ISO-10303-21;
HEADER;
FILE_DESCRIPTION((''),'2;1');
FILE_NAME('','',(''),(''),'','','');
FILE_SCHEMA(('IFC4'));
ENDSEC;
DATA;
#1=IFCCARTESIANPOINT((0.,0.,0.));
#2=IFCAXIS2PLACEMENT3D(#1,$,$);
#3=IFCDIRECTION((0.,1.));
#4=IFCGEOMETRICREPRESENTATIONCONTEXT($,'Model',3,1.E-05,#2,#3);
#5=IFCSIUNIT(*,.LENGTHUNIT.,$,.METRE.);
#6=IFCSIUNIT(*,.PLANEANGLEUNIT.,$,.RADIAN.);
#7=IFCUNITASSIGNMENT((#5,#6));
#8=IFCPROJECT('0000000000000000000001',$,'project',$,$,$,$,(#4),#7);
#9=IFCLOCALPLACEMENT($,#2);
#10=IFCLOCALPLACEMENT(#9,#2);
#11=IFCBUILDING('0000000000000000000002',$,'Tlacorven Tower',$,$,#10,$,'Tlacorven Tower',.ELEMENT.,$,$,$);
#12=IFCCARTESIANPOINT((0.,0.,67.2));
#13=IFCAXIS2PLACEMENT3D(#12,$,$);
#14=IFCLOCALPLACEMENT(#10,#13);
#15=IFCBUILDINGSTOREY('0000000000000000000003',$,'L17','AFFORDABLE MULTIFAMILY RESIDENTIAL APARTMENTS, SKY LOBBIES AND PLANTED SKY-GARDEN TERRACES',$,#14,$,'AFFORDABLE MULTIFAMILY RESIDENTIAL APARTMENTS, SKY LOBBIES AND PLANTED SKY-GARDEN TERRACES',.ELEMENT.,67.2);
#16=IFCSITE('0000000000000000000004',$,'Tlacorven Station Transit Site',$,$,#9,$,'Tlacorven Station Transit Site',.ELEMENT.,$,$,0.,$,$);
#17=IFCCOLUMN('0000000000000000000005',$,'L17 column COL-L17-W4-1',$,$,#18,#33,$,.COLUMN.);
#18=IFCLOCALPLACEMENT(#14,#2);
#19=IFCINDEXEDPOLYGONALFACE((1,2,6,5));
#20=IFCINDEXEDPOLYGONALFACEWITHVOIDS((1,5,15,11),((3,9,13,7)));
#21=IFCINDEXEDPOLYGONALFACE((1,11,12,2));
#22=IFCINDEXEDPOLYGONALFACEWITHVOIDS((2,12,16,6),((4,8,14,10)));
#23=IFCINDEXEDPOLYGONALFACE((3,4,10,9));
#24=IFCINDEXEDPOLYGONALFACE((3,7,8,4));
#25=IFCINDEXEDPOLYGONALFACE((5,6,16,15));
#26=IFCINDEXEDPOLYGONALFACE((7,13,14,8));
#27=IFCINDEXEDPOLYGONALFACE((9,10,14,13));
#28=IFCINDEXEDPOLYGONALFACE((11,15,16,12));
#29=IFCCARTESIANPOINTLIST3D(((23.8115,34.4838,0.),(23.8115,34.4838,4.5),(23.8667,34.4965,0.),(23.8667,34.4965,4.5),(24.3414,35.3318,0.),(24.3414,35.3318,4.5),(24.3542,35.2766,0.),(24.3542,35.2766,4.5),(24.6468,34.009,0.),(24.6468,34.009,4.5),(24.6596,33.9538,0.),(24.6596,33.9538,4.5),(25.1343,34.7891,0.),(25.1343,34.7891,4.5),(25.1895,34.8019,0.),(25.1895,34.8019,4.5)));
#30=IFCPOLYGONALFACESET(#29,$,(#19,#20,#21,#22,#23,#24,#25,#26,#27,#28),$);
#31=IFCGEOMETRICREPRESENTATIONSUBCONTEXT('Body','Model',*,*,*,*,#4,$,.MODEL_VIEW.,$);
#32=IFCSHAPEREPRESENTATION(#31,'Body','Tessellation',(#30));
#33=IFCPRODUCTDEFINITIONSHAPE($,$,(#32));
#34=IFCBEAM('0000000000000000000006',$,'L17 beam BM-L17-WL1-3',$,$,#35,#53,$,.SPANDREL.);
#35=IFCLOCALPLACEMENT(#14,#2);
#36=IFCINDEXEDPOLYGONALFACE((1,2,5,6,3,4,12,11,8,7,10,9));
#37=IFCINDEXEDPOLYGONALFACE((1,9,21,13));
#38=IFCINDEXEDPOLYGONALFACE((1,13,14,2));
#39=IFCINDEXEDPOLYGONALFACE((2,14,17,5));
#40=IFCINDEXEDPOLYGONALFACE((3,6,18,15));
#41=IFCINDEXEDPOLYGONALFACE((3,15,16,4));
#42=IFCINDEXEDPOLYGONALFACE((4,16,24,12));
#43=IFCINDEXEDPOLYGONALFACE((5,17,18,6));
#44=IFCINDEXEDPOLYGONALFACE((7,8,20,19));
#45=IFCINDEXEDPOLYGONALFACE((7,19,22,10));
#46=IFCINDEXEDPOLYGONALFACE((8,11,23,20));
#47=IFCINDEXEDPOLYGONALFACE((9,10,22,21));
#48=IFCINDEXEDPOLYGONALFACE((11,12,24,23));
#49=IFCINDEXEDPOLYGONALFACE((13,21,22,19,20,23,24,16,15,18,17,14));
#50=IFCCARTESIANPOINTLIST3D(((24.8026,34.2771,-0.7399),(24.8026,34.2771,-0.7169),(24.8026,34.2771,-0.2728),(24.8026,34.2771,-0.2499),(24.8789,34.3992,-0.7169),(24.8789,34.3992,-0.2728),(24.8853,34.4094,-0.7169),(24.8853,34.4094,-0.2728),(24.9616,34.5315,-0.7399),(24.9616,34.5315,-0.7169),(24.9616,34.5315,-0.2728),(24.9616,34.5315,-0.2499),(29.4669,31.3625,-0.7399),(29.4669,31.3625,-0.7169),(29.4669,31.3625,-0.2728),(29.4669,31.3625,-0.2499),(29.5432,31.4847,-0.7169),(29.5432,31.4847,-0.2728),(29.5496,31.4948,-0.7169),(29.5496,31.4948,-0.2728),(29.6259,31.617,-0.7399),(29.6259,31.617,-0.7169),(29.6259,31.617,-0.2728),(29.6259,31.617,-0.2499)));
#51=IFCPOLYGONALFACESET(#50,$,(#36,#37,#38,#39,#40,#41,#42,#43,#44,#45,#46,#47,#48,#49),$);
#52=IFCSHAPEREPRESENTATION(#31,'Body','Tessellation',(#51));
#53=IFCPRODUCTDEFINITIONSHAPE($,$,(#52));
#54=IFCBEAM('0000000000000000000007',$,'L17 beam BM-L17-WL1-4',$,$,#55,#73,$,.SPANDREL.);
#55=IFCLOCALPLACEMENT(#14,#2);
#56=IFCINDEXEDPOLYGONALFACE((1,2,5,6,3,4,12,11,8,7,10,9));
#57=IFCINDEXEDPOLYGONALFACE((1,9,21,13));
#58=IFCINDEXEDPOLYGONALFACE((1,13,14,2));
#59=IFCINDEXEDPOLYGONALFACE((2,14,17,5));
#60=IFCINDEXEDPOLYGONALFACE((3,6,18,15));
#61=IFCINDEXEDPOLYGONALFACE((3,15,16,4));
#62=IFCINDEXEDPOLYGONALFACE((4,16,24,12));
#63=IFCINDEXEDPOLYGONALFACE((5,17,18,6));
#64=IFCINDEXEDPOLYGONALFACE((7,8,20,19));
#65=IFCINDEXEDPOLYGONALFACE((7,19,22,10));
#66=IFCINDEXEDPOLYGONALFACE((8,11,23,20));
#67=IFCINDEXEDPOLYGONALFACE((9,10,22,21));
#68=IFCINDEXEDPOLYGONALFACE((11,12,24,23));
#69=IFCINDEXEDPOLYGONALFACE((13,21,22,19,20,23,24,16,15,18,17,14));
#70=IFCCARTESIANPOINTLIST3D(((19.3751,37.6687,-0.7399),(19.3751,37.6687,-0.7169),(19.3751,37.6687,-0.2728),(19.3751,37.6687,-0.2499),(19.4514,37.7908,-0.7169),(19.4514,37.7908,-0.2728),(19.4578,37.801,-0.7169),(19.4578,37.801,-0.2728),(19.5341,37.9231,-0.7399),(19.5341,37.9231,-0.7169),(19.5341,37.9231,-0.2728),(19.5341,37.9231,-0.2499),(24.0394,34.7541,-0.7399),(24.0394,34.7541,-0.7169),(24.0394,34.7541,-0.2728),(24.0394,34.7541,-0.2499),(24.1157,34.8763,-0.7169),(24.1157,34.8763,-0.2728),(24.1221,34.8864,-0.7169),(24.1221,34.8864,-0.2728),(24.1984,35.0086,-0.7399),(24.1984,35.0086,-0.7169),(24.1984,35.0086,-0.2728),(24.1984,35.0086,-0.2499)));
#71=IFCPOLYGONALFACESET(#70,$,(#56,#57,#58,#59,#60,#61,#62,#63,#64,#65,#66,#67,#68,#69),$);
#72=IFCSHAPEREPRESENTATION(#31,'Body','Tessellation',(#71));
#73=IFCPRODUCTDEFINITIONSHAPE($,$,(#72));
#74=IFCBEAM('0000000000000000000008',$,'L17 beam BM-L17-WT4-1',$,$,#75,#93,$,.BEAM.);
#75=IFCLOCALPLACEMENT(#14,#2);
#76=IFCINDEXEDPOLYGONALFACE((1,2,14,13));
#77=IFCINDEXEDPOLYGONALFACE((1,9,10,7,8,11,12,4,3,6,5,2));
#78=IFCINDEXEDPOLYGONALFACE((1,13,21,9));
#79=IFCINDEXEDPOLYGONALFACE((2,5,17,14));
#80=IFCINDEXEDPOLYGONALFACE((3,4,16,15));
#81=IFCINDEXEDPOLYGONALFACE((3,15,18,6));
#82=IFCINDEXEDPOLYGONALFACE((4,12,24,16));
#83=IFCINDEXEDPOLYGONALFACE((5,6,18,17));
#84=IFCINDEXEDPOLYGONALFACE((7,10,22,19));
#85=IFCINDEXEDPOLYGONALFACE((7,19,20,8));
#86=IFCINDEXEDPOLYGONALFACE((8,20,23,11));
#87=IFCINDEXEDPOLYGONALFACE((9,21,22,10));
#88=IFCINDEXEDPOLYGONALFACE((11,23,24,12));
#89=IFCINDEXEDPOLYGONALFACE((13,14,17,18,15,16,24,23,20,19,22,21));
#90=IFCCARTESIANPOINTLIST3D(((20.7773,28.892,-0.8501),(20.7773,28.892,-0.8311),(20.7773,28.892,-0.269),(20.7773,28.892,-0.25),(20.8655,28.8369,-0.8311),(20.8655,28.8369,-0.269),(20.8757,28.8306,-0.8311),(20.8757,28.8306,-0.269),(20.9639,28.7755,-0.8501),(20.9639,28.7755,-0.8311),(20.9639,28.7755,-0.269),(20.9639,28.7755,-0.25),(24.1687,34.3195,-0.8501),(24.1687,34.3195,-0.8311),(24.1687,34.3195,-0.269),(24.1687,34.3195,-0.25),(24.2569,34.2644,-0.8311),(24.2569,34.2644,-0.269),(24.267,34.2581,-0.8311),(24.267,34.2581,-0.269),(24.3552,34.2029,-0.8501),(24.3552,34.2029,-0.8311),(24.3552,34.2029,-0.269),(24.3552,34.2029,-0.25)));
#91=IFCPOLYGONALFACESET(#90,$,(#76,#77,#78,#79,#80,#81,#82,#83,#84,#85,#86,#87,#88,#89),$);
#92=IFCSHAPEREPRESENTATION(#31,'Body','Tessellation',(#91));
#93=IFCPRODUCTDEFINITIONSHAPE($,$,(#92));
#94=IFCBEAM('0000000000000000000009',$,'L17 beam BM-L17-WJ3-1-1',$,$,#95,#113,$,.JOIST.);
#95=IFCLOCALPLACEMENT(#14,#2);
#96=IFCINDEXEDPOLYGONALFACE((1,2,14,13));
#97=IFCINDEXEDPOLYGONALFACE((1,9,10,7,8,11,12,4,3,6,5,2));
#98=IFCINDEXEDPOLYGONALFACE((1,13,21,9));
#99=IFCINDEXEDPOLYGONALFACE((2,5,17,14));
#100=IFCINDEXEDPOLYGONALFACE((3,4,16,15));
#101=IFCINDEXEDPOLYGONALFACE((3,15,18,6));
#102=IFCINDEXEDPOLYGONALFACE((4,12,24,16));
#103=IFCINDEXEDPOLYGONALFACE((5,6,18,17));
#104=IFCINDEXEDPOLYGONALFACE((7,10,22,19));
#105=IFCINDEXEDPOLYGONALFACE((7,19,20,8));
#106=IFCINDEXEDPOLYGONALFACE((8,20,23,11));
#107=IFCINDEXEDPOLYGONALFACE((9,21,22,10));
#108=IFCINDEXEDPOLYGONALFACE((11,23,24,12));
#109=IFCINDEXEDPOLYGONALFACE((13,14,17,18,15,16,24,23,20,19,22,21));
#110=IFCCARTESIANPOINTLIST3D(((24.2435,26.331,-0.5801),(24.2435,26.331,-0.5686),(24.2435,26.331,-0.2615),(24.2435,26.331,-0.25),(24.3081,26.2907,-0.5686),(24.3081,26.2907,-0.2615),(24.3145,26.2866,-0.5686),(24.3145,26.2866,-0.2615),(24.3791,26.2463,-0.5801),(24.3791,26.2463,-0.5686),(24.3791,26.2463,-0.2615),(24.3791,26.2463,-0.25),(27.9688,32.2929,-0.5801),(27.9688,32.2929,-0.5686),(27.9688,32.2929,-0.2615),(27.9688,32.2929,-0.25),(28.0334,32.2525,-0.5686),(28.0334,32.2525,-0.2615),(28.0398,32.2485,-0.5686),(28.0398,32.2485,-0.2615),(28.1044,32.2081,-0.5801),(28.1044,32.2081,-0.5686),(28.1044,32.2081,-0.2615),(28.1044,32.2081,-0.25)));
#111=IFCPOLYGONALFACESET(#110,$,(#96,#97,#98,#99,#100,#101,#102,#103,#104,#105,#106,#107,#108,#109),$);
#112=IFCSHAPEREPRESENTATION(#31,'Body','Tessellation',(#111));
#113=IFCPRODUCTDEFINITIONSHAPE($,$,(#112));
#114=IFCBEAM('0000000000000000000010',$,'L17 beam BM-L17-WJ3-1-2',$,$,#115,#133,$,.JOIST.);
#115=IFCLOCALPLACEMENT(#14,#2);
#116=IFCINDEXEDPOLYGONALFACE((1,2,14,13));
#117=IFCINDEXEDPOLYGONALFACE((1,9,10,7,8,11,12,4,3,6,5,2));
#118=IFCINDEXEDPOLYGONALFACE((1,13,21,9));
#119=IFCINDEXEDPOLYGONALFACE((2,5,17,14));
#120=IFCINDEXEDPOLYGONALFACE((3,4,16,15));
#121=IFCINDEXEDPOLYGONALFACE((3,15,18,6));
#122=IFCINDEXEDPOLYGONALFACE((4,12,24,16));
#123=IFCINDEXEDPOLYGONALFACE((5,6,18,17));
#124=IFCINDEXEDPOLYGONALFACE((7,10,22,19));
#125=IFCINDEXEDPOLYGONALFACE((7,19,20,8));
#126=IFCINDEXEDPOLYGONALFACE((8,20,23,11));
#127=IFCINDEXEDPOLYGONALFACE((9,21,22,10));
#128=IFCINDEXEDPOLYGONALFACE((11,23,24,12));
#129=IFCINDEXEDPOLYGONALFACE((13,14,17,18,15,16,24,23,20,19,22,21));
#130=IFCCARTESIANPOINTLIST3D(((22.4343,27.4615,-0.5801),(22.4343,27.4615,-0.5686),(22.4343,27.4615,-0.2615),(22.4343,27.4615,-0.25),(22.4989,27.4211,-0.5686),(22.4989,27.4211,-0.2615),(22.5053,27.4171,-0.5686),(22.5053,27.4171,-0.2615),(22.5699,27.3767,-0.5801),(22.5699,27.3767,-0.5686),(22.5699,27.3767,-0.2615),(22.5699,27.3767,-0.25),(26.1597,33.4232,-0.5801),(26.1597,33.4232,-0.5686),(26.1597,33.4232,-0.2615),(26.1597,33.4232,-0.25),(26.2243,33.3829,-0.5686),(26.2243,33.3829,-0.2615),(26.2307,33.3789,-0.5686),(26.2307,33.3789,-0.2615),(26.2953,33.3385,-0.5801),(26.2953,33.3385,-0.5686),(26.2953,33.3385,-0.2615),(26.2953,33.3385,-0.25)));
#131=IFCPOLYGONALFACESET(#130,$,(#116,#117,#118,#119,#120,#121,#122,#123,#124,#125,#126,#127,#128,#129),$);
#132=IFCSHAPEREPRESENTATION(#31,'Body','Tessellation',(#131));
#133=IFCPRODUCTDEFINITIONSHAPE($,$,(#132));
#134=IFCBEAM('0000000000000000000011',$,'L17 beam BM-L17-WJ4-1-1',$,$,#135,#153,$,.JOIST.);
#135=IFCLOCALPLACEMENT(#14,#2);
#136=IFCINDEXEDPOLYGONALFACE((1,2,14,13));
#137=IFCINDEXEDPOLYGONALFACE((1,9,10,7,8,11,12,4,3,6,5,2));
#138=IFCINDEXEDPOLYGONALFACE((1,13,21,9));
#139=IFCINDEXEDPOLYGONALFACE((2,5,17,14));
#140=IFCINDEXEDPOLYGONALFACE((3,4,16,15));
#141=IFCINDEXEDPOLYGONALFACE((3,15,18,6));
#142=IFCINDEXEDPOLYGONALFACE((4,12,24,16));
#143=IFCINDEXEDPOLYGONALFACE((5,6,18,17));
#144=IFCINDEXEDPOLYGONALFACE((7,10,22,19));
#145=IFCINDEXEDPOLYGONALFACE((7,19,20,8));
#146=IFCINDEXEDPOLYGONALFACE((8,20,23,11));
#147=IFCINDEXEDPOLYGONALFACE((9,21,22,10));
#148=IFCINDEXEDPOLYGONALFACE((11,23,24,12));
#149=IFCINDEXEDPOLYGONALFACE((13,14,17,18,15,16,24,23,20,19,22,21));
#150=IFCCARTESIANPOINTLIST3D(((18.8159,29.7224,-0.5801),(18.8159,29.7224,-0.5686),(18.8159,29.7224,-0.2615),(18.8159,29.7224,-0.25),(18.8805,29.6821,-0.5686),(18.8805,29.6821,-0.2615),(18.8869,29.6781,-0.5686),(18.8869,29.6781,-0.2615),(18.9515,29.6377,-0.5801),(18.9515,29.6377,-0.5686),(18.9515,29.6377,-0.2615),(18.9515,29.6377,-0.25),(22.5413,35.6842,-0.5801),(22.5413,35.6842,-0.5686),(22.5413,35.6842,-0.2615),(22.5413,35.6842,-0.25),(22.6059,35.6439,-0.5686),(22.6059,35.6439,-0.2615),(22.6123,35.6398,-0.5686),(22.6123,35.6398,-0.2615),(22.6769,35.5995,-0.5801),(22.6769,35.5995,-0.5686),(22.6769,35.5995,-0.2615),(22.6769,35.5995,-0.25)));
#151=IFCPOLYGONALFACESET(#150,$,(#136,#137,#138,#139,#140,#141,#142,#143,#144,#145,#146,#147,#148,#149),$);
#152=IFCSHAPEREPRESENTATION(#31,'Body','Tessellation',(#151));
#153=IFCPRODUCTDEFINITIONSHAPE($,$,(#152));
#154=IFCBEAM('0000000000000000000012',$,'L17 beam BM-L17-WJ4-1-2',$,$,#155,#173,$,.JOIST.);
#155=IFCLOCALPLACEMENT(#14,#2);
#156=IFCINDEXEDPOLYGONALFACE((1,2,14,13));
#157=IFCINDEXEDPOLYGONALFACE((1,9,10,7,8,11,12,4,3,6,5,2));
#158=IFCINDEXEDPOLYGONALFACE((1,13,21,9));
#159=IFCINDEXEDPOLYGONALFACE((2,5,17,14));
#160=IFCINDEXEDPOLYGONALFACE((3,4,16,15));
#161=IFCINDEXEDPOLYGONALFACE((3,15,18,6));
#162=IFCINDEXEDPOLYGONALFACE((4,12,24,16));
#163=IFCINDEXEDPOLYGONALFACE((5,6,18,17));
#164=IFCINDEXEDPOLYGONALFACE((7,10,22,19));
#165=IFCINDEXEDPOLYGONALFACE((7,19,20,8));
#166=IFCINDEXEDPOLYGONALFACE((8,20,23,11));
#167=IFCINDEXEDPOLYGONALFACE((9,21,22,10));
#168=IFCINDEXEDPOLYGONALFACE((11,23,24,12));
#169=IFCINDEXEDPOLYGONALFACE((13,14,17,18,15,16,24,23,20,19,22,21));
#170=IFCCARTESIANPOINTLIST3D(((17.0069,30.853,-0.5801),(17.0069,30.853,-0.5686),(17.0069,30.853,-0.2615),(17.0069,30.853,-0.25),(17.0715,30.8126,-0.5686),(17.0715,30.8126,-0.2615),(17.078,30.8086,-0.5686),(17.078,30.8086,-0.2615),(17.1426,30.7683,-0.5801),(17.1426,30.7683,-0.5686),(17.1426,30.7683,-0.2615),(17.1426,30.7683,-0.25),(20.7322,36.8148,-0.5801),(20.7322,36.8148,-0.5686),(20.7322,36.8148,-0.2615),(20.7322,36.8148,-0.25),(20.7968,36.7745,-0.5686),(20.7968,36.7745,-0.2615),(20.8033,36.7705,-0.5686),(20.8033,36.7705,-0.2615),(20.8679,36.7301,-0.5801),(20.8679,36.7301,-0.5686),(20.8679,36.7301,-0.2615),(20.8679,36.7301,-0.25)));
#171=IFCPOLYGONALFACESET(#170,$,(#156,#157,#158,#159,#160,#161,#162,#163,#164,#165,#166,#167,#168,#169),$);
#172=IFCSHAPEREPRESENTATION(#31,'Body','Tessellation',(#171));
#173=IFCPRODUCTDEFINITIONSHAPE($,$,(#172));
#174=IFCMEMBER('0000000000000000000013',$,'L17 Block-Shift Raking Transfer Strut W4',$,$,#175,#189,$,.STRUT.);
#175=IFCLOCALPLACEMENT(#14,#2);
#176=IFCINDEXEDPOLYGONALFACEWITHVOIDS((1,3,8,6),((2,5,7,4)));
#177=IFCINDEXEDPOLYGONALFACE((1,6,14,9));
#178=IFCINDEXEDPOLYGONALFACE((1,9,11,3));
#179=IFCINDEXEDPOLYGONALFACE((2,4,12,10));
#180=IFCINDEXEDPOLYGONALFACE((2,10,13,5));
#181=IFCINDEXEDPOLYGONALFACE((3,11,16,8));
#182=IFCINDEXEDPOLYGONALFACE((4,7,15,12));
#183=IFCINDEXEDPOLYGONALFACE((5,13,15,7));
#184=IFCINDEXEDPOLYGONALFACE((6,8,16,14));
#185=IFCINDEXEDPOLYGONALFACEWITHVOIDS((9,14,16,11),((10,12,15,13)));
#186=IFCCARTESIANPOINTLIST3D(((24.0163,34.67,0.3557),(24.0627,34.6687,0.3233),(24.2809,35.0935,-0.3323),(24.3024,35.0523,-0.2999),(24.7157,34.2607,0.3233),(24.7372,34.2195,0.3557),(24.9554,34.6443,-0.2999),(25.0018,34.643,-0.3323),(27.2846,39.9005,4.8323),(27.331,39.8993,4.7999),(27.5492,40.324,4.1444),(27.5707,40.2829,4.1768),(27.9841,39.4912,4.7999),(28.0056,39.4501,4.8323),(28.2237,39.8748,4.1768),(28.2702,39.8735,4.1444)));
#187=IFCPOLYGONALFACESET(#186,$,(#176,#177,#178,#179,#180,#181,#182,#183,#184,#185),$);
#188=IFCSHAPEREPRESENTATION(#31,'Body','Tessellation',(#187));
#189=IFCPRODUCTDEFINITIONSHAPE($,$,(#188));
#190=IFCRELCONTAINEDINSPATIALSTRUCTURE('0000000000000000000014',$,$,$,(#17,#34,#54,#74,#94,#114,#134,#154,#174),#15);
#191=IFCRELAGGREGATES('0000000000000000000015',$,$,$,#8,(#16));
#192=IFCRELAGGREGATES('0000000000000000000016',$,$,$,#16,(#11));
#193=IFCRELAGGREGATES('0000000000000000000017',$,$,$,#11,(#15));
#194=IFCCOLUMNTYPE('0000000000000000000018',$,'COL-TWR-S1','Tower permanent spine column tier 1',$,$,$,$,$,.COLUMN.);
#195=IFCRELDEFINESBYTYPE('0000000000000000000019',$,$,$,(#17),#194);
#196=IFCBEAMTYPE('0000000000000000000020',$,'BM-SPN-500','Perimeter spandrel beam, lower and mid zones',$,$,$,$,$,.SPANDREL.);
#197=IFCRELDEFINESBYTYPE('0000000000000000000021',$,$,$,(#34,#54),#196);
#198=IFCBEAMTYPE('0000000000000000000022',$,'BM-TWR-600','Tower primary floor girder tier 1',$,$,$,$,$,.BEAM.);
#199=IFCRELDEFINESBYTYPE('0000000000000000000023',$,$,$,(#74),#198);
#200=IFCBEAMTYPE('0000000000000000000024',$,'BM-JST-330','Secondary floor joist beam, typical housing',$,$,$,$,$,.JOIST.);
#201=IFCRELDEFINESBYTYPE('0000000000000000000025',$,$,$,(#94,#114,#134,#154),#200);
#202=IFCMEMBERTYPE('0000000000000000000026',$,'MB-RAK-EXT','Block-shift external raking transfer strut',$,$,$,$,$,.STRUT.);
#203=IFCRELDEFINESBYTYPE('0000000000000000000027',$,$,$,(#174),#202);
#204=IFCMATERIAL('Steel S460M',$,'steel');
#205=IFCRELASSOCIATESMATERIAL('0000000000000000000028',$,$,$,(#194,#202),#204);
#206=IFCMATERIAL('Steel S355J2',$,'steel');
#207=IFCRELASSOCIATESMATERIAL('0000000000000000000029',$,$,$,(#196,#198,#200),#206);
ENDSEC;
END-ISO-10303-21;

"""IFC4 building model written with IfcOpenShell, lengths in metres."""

from ifc_helpers import new_model, si_unit, direction, frame, origin, origin_2d, place, context, subcontext, project, spatial, hollow_rectangle, i_section, extrude, source, transform, mapped, material, material_profile, profile_set, type_object, element, save


model = new_model("IFC4")

# Units and contexts
model_context = context("Model", 3, precision=1e-05, world=origin(), true_north=direction((0.0, 1.0)))
body_context = subcontext(model_context, "Body", "Model", "MODEL_VIEW")
ifc_project = project(units=[si_unit("LENGTHUNIT", "METRE"), si_unit("PLANEANGLEUNIT", "RADIAN")], contexts=[model_context])

# Site, building, storey
site_placement = place(None, origin())
site = spatial("IfcSite", under=ifc_project, at=site_placement, Name="Tlacorven Station Transit Site", LongName="Tlacorven Station Transit Site", CompositionType="ELEMENT", RefElevation=0.0)
building_placement = place(site_placement, origin())
building = spatial("IfcBuilding", under=site, at=building_placement, Name="Tlacorven Tower", LongName="Tlacorven Tower", CompositionType="ELEMENT")
storey_placement = place(building_placement, frame((0.0, 0.0, 67.2)))
storey = spatial("IfcBuildingStorey", under=building, at=storey_placement, Name="L17", Description="AFFORDABLE MULTIFAMILY RESIDENTIAL APARTMENTS, SKY LOBBIES AND PLANTED SKY-GARDEN TERRACES", LongName="AFFORDABLE MULTIFAMILY RESIDENTIAL APARTMENTS, SKY LOBBIES AND PLANTED SKY-GARDEN TERRACES", CompositionType="ELEMENT", Elevation=67.2)

# Column
ifc_material_1 = material(Name="Steel S460M", Category="steel")
ifc_material_profile_1 = material_profile(ifc_material_1, hollow_rectangle(XDim=1.0, YDim=1.0, WallThickness=0.04, at=origin_2d()), Name="BOX 1000X1000X40")
ifc_profile_set_1 = profile_set([ifc_material_profile_1], Name="Steel S460M")
column_type = type_object("IfcColumnType", Name="COL-TWR-S1", Description="Tower permanent spine column tier 1", PredefinedType="COLUMN", material=ifc_profile_set_1)
shared_shape_1 = source(origin(), body_context, "Body", "SweptSolid", [
    extrude(hollow_rectangle(XDim=1.0, YDim=1.0, WallThickness=0.04, at=origin_2d()), origin(), (0.0, 0.0, 1.0), 4.5),
])
column_placement = place(storey_placement, frame((24.5005, 34.6428, 0.0), z_axis=(0.0, 0.0, 1.0), x_axis=(-0.848048, 0.529919, 0.0)))
element("IfcColumn", 1, at=column_placement, inside=storey, type_object=column_type, Name="L17 column COL-L17-W4-1", PredefinedType="COLUMN", context=body_context, shape_type="MappedRepresentation", body=[
    mapped(shared_shape_1, transform((0.0, 0.0, 0.0), scale=1.0)),
])

# Beams
ifc_material_2 = material(Name="Steel S355J2", Category="steel")
ifc_material_profile_2 = material_profile(ifc_material_2, i_section(OverallWidth=0.3, OverallDepth=0.49, WebThickness=0.012, FlangeThickness=0.0229, at=origin_2d()), Name="HEA 500")
ifc_profile_set_2 = profile_set([ifc_material_profile_2], Name="Steel S355J2")
beam_type_1 = type_object("IfcBeamType", Name="BM-SPN-500", Description="Perimeter spandrel beam, lower and mid zones", PredefinedType="SPANDREL", material=ifc_profile_set_2)
shared_shape_2 = source(origin(), body_context, "Body", "SweptSolid", [
    extrude(i_section(OverallWidth=0.3, OverallDepth=0.49, WebThickness=0.012, FlangeThickness=0.0229, at=origin_2d()), origin(), (0.0, 0.0, 1.0), 5.5),
])
for number, where, z_axis, x_axis, name in (
    (2, (29.5464, 31.4897, -0.4949), (-0.848051, 0.529915, 0.0), (-0.529915, -0.848051, 0.0), "L17 beam BM-L17-WL1-3"),
    (3, (24.1189, 34.8813, -0.4949), (-0.848051, 0.529915, 0.0), (-0.529915, -0.848051, 0.0), "L17 beam BM-L17-WL1-4"),
):
    element("IfcBeam", number, at=place(storey_placement, frame(where, z_axis=z_axis, x_axis=x_axis)), inside=storey, type_object=beam_type_1, Name=name, PredefinedType="SPANDREL", context=body_context, shape_type="MappedRepresentation", body=[
        mapped(shared_shape_2, transform((0.0, 0.0, 0.0), scale=1.0)),
    ])
ifc_material_profile_3 = material_profile(ifc_material_2, i_section(OverallWidth=0.22, OverallDepth=0.6001, WebThickness=0.012, FlangeThickness=0.019, at=origin_2d()), Name="IPE 600")
ifc_profile_set_3 = profile_set([ifc_material_profile_3], Name="Steel S355J2")
beam_type_2 = type_object("IfcBeamType", Name="BM-TWR-600", Description="Tower primary floor girder tier 1", PredefinedType="BEAM", material=ifc_profile_set_3)
shared_shape_3 = source(origin(), body_context, "Body", "SweptSolid", [
    extrude(i_section(OverallWidth=0.22, OverallDepth=0.6001, WebThickness=0.012, FlangeThickness=0.019, at=origin_2d()), origin(), (0.0, 0.0, 1.0), 6.3999),
])
beam_placement = place(storey_placement, frame((24.262, 34.2612, -0.55), z_axis=(-0.529906, -0.848056, 0.0), x_axis=(0.848056, -0.529906, 0.0)))
element("IfcBeam", 4, at=beam_placement, inside=storey, type_object=beam_type_2, Name="L17 beam BM-L17-WT4-1", PredefinedType="BEAM", context=body_context, shape_type="MappedRepresentation", body=[
    mapped(shared_shape_3, transform((0.0, 0.0, 0.0), scale=1.0)),
])
ifc_material_profile_4 = material_profile(ifc_material_2, i_section(OverallWidth=0.1599, OverallDepth=0.3301, WebThickness=0.0076, FlangeThickness=0.0115, at=origin_2d()), Name="IPE 330")
ifc_profile_set_4 = profile_set([ifc_material_profile_4], Name="Steel S355J2")
beam_type_3 = type_object("IfcBeamType", Name="BM-JST-330", Description="Secondary floor joist beam, typical housing", PredefinedType="JOIST", material=ifc_profile_set_4)
shared_shape_4 = source(origin(), body_context, "Body", "SweptSolid", [
    extrude(i_section(OverallWidth=0.1599, OverallDepth=0.3301, WebThickness=0.0076, FlangeThickness=0.0115, at=origin_2d()), origin(), (0.0, 0.0, 1.0), 7.03),
])
for number, where, z_axis, x_axis, name in (
    (5, (28.0366, 32.2505, -0.415), (-0.529912, -0.848053, 0.0), (0.848053, -0.529912, 0.0), "L17 beam BM-L17-WJ3-1-1"),
    (6, (26.2275, 33.3809, -0.415), (-0.529927, -0.848043, 0.0), (0.848043, -0.529927, 0.0), "L17 beam BM-L17-WJ3-1-2"),
    (7, (22.6091, 35.6418, -0.415), (-0.529927, -0.848043, 0.0), (0.848043, -0.529927, 0.0), "L17 beam BM-L17-WJ4-1-1"),
    (8, (20.8, 36.7725, -0.415), (-0.529912, -0.848053, 0.0), (0.848053, -0.529912, 0.0), "L17 beam BM-L17-WJ4-1-2"),
):
    element("IfcBeam", number, at=place(storey_placement, frame(where, z_axis=z_axis, x_axis=x_axis)), inside=storey, type_object=beam_type_3, Name=name, PredefinedType="JOIST", context=body_context, shape_type="MappedRepresentation", body=[
        mapped(shared_shape_4, transform((0.0, 0.0, 0.0), scale=1.0)),
    ])

# Member
ifc_material_profile_5 = material_profile(ifc_material_1, hollow_rectangle(XDim=0.8501, YDim=0.8501, WallThickness=0.04, at=origin_2d()), Name="BOX 850X850X40")
ifc_profile_set_5 = profile_set([ifc_material_profile_5], Name="Steel S460M")
member_type_1 = type_object("IfcMemberType", Name="MB-RAK-EXT", Description="Block-shift external raking transfer strut", PredefinedType="STRUT", material=ifc_profile_set_5)
shared_shape_5 = source(origin(), body_context, "Body", "SweptSolid", [
    extrude(hollow_rectangle(XDim=0.8501, YDim=0.8501, WallThickness=0.04, at=origin_2d()), origin(), (0.0, 0.0, 1.0), 7.6211),
])
member_placement = place(storey_placement, frame((24.509, 34.6565, 0.0117), z_axis=(0.428857, 0.686325, 0.5874), x_axis=(-0.848052, 0.529914, 0.0)))
element("IfcMember", 9, at=member_placement, inside=storey, type_object=member_type_1, Name="L17 Block-Shift Raking Transfer Strut W4", PredefinedType="STRUT", context=body_context, shape_type="MappedRepresentation", body=[
    mapped(shared_shape_5, transform((0.0, 0.0, 0.0), scale=1.0)),
])

save(model, "model.ifc")
